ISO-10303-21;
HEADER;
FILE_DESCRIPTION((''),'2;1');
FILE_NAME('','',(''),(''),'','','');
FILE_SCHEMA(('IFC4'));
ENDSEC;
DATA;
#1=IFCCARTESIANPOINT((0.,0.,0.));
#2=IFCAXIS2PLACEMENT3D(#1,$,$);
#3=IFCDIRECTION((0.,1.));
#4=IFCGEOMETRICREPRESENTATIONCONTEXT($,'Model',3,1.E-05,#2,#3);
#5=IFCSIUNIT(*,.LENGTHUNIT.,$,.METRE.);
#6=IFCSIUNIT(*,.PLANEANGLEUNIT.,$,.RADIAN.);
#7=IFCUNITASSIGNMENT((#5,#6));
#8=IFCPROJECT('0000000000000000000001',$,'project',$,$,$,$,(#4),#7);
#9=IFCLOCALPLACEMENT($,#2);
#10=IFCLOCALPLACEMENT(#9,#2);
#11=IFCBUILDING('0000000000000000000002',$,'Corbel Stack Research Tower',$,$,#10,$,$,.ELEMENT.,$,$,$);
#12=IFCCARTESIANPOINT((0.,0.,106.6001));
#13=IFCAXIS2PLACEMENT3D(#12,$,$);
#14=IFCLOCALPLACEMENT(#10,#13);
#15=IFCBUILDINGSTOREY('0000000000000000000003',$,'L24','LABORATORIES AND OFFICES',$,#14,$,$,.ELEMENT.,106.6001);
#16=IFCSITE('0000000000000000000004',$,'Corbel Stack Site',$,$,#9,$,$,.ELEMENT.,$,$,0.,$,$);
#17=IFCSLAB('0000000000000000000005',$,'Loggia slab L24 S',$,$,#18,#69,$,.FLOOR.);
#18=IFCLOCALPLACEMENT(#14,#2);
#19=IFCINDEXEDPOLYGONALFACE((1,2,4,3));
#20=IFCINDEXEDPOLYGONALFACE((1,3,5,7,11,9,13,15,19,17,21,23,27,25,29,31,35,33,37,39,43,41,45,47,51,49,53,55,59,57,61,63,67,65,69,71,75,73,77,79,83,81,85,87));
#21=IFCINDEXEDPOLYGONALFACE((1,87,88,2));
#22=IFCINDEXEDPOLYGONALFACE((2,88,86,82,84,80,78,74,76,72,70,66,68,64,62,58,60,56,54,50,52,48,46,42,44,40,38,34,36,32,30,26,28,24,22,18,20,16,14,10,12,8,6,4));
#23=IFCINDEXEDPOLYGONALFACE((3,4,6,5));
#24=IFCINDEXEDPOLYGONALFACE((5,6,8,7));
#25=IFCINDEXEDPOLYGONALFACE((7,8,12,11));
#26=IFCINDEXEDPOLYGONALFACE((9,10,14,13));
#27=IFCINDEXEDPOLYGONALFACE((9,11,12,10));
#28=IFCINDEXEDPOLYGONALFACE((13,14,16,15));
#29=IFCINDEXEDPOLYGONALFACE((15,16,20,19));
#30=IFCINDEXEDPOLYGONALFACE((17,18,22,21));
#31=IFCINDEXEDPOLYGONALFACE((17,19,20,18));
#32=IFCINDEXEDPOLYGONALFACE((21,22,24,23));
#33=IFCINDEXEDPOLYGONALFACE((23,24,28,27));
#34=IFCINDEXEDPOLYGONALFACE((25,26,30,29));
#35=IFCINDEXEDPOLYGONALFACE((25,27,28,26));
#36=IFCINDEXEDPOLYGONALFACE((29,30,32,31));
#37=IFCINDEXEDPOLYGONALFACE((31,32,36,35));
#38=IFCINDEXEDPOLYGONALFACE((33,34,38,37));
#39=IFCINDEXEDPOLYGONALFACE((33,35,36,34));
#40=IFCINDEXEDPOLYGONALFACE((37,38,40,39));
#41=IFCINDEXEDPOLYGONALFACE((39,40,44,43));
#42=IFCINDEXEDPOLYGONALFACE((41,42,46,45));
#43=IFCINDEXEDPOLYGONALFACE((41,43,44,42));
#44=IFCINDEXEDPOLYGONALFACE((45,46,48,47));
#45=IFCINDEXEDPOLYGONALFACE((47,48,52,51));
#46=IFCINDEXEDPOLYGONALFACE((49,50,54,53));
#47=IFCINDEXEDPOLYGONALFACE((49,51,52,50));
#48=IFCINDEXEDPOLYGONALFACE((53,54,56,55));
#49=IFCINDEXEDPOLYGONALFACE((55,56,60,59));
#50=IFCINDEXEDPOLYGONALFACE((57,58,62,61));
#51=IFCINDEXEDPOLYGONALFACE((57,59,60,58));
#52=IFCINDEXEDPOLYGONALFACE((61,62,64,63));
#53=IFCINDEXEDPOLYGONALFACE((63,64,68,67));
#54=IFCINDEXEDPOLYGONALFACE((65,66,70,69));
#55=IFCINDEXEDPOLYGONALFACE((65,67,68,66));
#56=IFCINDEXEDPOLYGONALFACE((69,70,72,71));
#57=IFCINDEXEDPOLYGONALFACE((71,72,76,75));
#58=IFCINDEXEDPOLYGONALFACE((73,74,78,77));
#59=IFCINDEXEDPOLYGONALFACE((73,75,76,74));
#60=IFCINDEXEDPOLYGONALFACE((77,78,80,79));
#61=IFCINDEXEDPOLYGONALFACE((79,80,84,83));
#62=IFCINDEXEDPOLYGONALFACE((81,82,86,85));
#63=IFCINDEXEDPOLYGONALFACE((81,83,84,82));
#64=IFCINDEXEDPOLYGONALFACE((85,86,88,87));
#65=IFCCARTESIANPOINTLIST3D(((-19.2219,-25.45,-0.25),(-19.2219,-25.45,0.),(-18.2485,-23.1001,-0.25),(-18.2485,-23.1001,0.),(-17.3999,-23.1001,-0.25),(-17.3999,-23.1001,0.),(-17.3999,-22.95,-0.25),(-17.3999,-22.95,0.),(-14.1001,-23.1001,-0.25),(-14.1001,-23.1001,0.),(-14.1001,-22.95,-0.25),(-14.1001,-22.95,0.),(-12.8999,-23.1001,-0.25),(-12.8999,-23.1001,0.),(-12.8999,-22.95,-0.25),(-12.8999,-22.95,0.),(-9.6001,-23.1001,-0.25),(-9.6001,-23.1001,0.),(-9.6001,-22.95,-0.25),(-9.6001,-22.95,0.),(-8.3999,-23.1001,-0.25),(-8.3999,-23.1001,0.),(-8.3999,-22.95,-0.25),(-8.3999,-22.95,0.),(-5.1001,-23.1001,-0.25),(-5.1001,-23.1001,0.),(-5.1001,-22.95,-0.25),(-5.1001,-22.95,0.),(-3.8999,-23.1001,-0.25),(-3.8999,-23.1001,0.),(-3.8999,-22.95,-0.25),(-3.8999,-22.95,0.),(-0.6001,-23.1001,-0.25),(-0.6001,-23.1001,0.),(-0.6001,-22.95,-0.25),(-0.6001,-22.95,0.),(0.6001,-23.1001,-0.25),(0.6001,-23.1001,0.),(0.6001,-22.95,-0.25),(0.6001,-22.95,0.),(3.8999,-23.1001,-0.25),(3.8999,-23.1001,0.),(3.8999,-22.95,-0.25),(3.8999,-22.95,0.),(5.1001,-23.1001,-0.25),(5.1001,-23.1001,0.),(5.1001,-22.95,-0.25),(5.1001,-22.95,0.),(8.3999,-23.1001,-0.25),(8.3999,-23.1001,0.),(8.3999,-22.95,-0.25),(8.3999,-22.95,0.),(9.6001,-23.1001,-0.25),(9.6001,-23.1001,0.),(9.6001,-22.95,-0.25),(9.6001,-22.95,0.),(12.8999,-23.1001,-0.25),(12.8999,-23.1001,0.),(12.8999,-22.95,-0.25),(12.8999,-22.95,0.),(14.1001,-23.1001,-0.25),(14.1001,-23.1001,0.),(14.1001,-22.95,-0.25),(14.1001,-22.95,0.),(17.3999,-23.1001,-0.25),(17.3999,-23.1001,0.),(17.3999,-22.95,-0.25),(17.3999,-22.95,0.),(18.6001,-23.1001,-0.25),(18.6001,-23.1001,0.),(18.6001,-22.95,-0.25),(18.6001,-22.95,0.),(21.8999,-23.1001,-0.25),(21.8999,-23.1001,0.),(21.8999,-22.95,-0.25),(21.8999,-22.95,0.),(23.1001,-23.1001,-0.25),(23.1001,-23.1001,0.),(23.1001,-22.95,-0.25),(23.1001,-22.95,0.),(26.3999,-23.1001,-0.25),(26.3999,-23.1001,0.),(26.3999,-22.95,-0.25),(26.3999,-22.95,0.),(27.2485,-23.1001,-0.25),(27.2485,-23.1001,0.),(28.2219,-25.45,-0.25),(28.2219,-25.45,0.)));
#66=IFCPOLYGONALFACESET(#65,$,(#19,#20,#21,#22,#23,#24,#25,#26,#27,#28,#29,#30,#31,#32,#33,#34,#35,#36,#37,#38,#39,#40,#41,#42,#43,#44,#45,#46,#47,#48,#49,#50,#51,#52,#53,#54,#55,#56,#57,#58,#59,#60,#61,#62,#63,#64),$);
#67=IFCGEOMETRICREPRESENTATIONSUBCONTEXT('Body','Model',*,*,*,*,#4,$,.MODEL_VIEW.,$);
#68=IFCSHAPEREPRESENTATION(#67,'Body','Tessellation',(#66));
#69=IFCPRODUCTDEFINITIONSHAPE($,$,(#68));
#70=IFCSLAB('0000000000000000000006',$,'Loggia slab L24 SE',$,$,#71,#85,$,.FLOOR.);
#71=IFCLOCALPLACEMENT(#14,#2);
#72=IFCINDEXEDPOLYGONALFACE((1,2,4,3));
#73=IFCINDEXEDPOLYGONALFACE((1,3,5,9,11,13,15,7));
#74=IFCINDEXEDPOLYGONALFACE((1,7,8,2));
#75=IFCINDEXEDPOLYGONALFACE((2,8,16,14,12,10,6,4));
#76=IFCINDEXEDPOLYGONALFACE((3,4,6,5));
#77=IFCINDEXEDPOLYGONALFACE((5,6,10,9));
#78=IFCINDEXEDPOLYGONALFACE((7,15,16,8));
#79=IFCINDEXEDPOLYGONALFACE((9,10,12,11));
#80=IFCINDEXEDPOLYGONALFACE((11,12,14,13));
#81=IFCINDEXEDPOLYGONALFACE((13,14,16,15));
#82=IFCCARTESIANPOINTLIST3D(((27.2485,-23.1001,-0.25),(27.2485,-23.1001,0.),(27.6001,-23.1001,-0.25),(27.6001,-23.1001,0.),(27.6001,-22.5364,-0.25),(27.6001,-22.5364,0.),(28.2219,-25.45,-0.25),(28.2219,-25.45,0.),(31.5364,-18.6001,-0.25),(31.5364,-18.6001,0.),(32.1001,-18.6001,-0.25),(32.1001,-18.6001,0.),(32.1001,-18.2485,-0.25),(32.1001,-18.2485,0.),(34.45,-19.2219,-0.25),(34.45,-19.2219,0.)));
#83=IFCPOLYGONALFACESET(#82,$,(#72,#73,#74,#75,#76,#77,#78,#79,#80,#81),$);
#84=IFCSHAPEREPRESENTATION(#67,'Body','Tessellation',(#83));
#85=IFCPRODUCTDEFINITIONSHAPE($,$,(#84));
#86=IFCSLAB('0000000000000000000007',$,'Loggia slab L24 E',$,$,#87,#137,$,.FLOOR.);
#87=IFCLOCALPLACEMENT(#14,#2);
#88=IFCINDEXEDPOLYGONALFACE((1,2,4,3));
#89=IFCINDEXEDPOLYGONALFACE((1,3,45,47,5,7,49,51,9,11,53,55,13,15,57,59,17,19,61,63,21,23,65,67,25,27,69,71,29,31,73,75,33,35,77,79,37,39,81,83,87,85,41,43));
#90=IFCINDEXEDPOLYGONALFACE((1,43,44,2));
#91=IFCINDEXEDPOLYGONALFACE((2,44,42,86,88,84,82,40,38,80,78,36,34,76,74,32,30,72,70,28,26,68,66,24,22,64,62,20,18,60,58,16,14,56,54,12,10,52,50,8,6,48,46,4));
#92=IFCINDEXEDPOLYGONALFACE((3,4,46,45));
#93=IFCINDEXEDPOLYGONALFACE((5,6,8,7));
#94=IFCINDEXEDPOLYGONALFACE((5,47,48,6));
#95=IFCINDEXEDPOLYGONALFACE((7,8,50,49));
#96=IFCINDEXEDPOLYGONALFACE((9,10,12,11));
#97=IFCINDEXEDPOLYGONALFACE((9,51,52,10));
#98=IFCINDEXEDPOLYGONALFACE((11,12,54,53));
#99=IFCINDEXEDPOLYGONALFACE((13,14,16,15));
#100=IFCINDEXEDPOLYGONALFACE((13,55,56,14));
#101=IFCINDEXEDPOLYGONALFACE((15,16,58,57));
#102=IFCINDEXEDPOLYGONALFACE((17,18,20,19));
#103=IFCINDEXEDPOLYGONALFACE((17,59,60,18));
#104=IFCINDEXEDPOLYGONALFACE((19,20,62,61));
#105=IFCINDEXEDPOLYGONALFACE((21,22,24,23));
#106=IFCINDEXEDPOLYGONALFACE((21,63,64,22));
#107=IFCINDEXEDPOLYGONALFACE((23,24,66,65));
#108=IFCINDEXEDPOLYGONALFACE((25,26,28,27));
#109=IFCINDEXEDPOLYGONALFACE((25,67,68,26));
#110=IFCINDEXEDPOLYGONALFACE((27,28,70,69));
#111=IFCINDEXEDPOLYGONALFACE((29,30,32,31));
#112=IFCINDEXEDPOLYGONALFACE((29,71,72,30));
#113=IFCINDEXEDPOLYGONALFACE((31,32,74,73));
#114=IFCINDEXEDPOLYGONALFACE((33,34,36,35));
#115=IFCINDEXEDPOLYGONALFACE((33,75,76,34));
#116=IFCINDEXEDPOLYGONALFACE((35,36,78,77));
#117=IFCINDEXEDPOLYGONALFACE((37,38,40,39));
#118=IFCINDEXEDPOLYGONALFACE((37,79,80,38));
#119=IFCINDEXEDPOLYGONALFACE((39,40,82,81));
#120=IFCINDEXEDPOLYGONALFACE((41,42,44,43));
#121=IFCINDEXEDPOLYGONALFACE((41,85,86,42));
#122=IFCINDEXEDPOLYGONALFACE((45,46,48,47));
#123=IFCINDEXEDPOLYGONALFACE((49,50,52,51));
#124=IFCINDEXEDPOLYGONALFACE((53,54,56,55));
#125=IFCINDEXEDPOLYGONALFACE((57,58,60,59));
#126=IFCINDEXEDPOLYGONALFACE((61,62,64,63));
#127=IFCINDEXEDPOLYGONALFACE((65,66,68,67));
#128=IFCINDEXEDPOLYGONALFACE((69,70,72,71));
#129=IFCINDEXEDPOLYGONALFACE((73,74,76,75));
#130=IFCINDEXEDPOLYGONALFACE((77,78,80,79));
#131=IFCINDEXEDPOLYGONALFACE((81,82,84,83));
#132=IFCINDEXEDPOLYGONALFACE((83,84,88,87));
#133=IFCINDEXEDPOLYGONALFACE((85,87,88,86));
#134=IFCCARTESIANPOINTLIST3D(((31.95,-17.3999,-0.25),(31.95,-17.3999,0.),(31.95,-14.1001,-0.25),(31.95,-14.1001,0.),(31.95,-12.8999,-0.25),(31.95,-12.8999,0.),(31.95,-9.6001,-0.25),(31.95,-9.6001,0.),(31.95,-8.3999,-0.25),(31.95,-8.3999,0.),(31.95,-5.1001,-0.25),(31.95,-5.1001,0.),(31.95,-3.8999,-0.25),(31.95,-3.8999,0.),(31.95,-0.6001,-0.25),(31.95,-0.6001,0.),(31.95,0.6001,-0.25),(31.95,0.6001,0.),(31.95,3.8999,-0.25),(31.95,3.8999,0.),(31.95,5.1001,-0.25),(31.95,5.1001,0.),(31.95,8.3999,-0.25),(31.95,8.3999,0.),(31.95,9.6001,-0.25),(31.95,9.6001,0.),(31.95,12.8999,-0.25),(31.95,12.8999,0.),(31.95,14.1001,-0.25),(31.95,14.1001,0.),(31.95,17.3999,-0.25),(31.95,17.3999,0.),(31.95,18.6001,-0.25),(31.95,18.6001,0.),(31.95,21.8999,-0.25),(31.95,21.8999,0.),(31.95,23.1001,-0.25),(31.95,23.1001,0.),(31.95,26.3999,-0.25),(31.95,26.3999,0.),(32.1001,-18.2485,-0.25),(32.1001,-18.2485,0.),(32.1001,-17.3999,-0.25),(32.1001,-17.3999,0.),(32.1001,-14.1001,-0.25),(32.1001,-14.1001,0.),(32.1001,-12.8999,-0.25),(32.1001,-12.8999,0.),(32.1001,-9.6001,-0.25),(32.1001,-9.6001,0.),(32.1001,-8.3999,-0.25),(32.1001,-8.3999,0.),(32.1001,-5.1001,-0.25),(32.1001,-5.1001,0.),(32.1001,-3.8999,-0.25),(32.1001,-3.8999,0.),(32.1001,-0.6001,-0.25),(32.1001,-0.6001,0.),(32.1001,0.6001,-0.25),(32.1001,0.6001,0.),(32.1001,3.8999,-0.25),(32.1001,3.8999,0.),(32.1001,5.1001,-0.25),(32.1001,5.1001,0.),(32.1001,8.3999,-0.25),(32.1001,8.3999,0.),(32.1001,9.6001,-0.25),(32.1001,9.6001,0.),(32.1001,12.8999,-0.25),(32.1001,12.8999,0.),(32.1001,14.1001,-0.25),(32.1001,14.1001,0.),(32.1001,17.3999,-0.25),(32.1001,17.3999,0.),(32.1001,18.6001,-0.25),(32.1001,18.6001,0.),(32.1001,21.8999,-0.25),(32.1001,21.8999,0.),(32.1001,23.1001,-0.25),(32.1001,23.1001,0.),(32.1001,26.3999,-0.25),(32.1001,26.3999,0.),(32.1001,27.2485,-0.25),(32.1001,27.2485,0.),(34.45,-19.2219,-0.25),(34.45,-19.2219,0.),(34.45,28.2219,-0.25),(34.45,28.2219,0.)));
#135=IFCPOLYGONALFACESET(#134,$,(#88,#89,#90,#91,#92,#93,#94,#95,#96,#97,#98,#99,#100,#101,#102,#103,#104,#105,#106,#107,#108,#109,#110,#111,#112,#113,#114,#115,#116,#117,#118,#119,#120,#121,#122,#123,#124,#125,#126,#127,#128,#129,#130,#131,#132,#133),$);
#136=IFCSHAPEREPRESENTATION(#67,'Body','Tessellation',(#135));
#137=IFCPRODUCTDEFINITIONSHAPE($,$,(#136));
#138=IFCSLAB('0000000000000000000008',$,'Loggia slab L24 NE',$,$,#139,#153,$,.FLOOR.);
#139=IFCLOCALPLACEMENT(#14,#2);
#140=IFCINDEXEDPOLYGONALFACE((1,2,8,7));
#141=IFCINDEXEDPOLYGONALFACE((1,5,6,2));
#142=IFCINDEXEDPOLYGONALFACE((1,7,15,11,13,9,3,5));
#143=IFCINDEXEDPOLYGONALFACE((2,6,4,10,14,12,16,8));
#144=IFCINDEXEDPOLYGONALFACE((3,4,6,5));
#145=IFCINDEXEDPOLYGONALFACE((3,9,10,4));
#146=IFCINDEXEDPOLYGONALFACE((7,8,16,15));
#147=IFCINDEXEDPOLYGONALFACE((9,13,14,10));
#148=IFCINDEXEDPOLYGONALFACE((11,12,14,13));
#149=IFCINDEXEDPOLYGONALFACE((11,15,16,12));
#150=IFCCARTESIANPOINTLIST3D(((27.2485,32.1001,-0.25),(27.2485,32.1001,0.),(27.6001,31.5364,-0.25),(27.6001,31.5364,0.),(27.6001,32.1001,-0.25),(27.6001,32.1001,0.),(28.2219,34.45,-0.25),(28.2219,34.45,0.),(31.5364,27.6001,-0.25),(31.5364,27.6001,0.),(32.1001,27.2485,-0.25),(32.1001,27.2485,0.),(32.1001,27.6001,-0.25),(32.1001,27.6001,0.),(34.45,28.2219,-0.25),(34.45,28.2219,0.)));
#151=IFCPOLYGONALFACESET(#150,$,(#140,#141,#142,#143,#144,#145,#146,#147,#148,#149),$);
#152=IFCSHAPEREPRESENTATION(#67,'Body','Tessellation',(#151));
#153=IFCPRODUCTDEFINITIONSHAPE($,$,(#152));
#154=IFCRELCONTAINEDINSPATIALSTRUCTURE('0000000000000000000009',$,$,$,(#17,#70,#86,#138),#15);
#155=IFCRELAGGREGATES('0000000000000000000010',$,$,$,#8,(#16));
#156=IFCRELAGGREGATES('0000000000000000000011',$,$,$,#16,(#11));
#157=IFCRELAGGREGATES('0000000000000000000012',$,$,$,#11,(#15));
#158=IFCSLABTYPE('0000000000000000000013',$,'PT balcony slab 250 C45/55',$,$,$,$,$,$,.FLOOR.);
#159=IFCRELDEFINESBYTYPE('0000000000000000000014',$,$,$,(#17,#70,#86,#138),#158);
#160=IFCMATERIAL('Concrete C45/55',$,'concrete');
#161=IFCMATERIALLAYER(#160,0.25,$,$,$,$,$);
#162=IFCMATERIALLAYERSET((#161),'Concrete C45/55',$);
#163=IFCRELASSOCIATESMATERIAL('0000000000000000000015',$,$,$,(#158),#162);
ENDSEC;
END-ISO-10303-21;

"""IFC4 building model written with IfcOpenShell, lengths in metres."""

from ifc_helpers import new_model, si_unit, direction, frame, origin, place, context, subcontext, project, spatial, polyline, outline, extrude, material, layer, layer_set, type_object, element, save


model = new_model("IFC4")

# Units and contexts
model_context = context("Model", 3, precision=1e-05, world=origin(), true_north=direction((0.0, 1.0)))
body_context = subcontext(model_context, "Body", "Model", "MODEL_VIEW")
ifc_project = project(units=[si_unit("LENGTHUNIT", "METRE"), si_unit("PLANEANGLEUNIT", "RADIAN")], contexts=[model_context])

# Site, building, storey
site_placement = place(None, origin())
site = spatial("IfcSite", under=ifc_project, at=site_placement, Name="Corbel Stack Site", CompositionType="ELEMENT", RefElevation=0.0)
building_placement = place(site_placement, origin())
building = spatial("IfcBuilding", under=site, at=building_placement, Name="Corbel Stack Research Tower", CompositionType="ELEMENT")
storey_placement = place(building_placement, frame((0.0, 0.0, 106.6001)))
storey = spatial("IfcBuildingStorey", under=building, at=storey_placement, Name="L24", Description="LABORATORIES AND OFFICES", CompositionType="ELEMENT", Elevation=106.6001)

# Slabs
ifc_material_1 = material(Name="Concrete C45/55", Category="concrete")
ifc_layer_1 = layer(ifc_material_1, 0.25)
ifc_layer_set_1 = layer_set([ifc_layer_1], Name="Concrete C45/55")
slab_type_1 = type_object("IfcSlabType", Name="PT balcony slab 250 C45/55", PredefinedType="FLOOR", material=ifc_layer_set_1)
slab_1_placement = place(storey_placement, frame((0.0, 0.0, -0.25)))
element("IfcSlab", 1, at=slab_1_placement, inside=storey, type_object=slab_type_1, Name="Loggia slab L24 S", PredefinedType="FLOOR", context=body_context, shape_type="SweptSolid", body=[
    extrude(outline(polyline([(27.2485, -23.1001), (26.3999, -23.1001), (26.3999, -22.95), (23.1001, -22.95), (23.1001, -23.1001), (21.8999, -23.1001), (21.8999, -22.95), (18.6001, -22.95), (18.6001, -23.1001), (17.3999, -23.1001), (17.3999, -22.95), (14.1001, -22.95), (14.1001, -23.1001), (12.8999, -23.1001), (12.8999, -22.95), (9.6001, -22.95), (9.6001, -23.1001), (8.3999, -23.1001), (8.3999, -22.95), (5.1001, -22.95), (5.1001, -23.1001), (3.8999, -23.1001), (3.8999, -22.95), (0.6001, -22.95), (0.6001, -23.1001), (-0.6001, -23.1001), (-0.6001, -22.95), (-3.8999, -22.95), (-3.8999, -23.1001), (-5.1001, -23.1001), (-5.1001, -22.95), (-8.3999, -22.95), (-8.3999, -23.1001), (-9.6001, -23.1001), (-9.6001, -22.95), (-12.8999, -22.95), (-12.8999, -23.1001), (-14.1001, -23.1001), (-14.1001, -22.95), (-17.3999, -22.95), (-17.3999, -23.1001), (-18.2485, -23.1001), (-19.2219, -25.45), (28.2219, -25.45), (27.2485, -23.1001)])), origin(), (0.0, 0.0, 1.0), 0.25),
])
slab_2_placement = place(storey_placement, frame((0.0, 0.0, -0.25)))
element("IfcSlab", 2, at=slab_2_placement, inside=storey, type_object=slab_type_1, Name="Loggia slab L24 SE", PredefinedType="FLOOR", context=body_context, shape_type="SweptSolid", body=[
    extrude(outline(polyline([(32.1001, -18.2485), (32.1001, -18.6001), (31.5364, -18.6001), (27.6001, -22.5364), (27.6001, -23.1001), (27.2485, -23.1001), (28.2219, -25.45), (34.45, -19.2219), (32.1001, -18.2485)])), origin(), (0.0, 0.0, 1.0), 0.25),
])
slab_3_placement = place(storey_placement, frame((0.0, 0.0, -0.25)))
element("IfcSlab", 3, at=slab_3_placement, inside=storey, type_object=slab_type_1, Name="Loggia slab L24 E", PredefinedType="FLOOR", context=body_context, shape_type="SweptSolid", body=[
    extrude(outline(polyline([(32.1001, 27.2485), (32.1001, 26.3999), (31.95, 26.3999), (31.95, 23.1001), (32.1001, 23.1001), (32.1001, 21.8999), (31.95, 21.8999), (31.95, 18.6001), (32.1001, 18.6001), (32.1001, 17.3999), (31.95, 17.3999), (31.95, 14.1001), (32.1001, 14.1001), (32.1001, 12.8999), (31.95, 12.8999), (31.95, 9.6001), (32.1001, 9.6001), (32.1001, 8.3999), (31.95, 8.3999), (31.95, 5.1001), (32.1001, 5.1001), (32.1001, 3.8999), (31.95, 3.8999), (31.95, 0.6001), (32.1001, 0.6001), (32.1001, -0.6001), (31.95, -0.6001), (31.95, -3.8999), (32.1001, -3.8999), (32.1001, -5.1001), (31.95, -5.1001), (31.95, -8.3999), (32.1001, -8.3999), (32.1001, -9.6001), (31.95, -9.6001), (31.95, -12.8999), (32.1001, -12.8999), (32.1001, -14.1001), (31.95, -14.1001), (31.95, -17.3999), (32.1001, -17.3999), (32.1001, -18.2485), (34.45, -19.2219), (34.45, 28.2219), (32.1001, 27.2485)])), origin(), (0.0, 0.0, 1.0), 0.25),
])
slab_4_placement = place(storey_placement, frame((0.0, 0.0, -0.25)))
element("IfcSlab", 4, at=slab_4_placement, inside=storey, type_object=slab_type_1, Name="Loggia slab L24 NE", PredefinedType="FLOOR", context=body_context, shape_type="SweptSolid", body=[
    extrude(outline(polyline([(27.2485, 32.1001), (27.6001, 32.1001), (27.6001, 31.5364), (31.5364, 27.6001), (32.1001, 27.6001), (32.1001, 27.2485), (34.45, 28.2219), (28.2219, 34.45), (27.2485, 32.1001)])), origin(), (0.0, 0.0, 1.0), 0.25),
])

save(model, "model.ifc")
